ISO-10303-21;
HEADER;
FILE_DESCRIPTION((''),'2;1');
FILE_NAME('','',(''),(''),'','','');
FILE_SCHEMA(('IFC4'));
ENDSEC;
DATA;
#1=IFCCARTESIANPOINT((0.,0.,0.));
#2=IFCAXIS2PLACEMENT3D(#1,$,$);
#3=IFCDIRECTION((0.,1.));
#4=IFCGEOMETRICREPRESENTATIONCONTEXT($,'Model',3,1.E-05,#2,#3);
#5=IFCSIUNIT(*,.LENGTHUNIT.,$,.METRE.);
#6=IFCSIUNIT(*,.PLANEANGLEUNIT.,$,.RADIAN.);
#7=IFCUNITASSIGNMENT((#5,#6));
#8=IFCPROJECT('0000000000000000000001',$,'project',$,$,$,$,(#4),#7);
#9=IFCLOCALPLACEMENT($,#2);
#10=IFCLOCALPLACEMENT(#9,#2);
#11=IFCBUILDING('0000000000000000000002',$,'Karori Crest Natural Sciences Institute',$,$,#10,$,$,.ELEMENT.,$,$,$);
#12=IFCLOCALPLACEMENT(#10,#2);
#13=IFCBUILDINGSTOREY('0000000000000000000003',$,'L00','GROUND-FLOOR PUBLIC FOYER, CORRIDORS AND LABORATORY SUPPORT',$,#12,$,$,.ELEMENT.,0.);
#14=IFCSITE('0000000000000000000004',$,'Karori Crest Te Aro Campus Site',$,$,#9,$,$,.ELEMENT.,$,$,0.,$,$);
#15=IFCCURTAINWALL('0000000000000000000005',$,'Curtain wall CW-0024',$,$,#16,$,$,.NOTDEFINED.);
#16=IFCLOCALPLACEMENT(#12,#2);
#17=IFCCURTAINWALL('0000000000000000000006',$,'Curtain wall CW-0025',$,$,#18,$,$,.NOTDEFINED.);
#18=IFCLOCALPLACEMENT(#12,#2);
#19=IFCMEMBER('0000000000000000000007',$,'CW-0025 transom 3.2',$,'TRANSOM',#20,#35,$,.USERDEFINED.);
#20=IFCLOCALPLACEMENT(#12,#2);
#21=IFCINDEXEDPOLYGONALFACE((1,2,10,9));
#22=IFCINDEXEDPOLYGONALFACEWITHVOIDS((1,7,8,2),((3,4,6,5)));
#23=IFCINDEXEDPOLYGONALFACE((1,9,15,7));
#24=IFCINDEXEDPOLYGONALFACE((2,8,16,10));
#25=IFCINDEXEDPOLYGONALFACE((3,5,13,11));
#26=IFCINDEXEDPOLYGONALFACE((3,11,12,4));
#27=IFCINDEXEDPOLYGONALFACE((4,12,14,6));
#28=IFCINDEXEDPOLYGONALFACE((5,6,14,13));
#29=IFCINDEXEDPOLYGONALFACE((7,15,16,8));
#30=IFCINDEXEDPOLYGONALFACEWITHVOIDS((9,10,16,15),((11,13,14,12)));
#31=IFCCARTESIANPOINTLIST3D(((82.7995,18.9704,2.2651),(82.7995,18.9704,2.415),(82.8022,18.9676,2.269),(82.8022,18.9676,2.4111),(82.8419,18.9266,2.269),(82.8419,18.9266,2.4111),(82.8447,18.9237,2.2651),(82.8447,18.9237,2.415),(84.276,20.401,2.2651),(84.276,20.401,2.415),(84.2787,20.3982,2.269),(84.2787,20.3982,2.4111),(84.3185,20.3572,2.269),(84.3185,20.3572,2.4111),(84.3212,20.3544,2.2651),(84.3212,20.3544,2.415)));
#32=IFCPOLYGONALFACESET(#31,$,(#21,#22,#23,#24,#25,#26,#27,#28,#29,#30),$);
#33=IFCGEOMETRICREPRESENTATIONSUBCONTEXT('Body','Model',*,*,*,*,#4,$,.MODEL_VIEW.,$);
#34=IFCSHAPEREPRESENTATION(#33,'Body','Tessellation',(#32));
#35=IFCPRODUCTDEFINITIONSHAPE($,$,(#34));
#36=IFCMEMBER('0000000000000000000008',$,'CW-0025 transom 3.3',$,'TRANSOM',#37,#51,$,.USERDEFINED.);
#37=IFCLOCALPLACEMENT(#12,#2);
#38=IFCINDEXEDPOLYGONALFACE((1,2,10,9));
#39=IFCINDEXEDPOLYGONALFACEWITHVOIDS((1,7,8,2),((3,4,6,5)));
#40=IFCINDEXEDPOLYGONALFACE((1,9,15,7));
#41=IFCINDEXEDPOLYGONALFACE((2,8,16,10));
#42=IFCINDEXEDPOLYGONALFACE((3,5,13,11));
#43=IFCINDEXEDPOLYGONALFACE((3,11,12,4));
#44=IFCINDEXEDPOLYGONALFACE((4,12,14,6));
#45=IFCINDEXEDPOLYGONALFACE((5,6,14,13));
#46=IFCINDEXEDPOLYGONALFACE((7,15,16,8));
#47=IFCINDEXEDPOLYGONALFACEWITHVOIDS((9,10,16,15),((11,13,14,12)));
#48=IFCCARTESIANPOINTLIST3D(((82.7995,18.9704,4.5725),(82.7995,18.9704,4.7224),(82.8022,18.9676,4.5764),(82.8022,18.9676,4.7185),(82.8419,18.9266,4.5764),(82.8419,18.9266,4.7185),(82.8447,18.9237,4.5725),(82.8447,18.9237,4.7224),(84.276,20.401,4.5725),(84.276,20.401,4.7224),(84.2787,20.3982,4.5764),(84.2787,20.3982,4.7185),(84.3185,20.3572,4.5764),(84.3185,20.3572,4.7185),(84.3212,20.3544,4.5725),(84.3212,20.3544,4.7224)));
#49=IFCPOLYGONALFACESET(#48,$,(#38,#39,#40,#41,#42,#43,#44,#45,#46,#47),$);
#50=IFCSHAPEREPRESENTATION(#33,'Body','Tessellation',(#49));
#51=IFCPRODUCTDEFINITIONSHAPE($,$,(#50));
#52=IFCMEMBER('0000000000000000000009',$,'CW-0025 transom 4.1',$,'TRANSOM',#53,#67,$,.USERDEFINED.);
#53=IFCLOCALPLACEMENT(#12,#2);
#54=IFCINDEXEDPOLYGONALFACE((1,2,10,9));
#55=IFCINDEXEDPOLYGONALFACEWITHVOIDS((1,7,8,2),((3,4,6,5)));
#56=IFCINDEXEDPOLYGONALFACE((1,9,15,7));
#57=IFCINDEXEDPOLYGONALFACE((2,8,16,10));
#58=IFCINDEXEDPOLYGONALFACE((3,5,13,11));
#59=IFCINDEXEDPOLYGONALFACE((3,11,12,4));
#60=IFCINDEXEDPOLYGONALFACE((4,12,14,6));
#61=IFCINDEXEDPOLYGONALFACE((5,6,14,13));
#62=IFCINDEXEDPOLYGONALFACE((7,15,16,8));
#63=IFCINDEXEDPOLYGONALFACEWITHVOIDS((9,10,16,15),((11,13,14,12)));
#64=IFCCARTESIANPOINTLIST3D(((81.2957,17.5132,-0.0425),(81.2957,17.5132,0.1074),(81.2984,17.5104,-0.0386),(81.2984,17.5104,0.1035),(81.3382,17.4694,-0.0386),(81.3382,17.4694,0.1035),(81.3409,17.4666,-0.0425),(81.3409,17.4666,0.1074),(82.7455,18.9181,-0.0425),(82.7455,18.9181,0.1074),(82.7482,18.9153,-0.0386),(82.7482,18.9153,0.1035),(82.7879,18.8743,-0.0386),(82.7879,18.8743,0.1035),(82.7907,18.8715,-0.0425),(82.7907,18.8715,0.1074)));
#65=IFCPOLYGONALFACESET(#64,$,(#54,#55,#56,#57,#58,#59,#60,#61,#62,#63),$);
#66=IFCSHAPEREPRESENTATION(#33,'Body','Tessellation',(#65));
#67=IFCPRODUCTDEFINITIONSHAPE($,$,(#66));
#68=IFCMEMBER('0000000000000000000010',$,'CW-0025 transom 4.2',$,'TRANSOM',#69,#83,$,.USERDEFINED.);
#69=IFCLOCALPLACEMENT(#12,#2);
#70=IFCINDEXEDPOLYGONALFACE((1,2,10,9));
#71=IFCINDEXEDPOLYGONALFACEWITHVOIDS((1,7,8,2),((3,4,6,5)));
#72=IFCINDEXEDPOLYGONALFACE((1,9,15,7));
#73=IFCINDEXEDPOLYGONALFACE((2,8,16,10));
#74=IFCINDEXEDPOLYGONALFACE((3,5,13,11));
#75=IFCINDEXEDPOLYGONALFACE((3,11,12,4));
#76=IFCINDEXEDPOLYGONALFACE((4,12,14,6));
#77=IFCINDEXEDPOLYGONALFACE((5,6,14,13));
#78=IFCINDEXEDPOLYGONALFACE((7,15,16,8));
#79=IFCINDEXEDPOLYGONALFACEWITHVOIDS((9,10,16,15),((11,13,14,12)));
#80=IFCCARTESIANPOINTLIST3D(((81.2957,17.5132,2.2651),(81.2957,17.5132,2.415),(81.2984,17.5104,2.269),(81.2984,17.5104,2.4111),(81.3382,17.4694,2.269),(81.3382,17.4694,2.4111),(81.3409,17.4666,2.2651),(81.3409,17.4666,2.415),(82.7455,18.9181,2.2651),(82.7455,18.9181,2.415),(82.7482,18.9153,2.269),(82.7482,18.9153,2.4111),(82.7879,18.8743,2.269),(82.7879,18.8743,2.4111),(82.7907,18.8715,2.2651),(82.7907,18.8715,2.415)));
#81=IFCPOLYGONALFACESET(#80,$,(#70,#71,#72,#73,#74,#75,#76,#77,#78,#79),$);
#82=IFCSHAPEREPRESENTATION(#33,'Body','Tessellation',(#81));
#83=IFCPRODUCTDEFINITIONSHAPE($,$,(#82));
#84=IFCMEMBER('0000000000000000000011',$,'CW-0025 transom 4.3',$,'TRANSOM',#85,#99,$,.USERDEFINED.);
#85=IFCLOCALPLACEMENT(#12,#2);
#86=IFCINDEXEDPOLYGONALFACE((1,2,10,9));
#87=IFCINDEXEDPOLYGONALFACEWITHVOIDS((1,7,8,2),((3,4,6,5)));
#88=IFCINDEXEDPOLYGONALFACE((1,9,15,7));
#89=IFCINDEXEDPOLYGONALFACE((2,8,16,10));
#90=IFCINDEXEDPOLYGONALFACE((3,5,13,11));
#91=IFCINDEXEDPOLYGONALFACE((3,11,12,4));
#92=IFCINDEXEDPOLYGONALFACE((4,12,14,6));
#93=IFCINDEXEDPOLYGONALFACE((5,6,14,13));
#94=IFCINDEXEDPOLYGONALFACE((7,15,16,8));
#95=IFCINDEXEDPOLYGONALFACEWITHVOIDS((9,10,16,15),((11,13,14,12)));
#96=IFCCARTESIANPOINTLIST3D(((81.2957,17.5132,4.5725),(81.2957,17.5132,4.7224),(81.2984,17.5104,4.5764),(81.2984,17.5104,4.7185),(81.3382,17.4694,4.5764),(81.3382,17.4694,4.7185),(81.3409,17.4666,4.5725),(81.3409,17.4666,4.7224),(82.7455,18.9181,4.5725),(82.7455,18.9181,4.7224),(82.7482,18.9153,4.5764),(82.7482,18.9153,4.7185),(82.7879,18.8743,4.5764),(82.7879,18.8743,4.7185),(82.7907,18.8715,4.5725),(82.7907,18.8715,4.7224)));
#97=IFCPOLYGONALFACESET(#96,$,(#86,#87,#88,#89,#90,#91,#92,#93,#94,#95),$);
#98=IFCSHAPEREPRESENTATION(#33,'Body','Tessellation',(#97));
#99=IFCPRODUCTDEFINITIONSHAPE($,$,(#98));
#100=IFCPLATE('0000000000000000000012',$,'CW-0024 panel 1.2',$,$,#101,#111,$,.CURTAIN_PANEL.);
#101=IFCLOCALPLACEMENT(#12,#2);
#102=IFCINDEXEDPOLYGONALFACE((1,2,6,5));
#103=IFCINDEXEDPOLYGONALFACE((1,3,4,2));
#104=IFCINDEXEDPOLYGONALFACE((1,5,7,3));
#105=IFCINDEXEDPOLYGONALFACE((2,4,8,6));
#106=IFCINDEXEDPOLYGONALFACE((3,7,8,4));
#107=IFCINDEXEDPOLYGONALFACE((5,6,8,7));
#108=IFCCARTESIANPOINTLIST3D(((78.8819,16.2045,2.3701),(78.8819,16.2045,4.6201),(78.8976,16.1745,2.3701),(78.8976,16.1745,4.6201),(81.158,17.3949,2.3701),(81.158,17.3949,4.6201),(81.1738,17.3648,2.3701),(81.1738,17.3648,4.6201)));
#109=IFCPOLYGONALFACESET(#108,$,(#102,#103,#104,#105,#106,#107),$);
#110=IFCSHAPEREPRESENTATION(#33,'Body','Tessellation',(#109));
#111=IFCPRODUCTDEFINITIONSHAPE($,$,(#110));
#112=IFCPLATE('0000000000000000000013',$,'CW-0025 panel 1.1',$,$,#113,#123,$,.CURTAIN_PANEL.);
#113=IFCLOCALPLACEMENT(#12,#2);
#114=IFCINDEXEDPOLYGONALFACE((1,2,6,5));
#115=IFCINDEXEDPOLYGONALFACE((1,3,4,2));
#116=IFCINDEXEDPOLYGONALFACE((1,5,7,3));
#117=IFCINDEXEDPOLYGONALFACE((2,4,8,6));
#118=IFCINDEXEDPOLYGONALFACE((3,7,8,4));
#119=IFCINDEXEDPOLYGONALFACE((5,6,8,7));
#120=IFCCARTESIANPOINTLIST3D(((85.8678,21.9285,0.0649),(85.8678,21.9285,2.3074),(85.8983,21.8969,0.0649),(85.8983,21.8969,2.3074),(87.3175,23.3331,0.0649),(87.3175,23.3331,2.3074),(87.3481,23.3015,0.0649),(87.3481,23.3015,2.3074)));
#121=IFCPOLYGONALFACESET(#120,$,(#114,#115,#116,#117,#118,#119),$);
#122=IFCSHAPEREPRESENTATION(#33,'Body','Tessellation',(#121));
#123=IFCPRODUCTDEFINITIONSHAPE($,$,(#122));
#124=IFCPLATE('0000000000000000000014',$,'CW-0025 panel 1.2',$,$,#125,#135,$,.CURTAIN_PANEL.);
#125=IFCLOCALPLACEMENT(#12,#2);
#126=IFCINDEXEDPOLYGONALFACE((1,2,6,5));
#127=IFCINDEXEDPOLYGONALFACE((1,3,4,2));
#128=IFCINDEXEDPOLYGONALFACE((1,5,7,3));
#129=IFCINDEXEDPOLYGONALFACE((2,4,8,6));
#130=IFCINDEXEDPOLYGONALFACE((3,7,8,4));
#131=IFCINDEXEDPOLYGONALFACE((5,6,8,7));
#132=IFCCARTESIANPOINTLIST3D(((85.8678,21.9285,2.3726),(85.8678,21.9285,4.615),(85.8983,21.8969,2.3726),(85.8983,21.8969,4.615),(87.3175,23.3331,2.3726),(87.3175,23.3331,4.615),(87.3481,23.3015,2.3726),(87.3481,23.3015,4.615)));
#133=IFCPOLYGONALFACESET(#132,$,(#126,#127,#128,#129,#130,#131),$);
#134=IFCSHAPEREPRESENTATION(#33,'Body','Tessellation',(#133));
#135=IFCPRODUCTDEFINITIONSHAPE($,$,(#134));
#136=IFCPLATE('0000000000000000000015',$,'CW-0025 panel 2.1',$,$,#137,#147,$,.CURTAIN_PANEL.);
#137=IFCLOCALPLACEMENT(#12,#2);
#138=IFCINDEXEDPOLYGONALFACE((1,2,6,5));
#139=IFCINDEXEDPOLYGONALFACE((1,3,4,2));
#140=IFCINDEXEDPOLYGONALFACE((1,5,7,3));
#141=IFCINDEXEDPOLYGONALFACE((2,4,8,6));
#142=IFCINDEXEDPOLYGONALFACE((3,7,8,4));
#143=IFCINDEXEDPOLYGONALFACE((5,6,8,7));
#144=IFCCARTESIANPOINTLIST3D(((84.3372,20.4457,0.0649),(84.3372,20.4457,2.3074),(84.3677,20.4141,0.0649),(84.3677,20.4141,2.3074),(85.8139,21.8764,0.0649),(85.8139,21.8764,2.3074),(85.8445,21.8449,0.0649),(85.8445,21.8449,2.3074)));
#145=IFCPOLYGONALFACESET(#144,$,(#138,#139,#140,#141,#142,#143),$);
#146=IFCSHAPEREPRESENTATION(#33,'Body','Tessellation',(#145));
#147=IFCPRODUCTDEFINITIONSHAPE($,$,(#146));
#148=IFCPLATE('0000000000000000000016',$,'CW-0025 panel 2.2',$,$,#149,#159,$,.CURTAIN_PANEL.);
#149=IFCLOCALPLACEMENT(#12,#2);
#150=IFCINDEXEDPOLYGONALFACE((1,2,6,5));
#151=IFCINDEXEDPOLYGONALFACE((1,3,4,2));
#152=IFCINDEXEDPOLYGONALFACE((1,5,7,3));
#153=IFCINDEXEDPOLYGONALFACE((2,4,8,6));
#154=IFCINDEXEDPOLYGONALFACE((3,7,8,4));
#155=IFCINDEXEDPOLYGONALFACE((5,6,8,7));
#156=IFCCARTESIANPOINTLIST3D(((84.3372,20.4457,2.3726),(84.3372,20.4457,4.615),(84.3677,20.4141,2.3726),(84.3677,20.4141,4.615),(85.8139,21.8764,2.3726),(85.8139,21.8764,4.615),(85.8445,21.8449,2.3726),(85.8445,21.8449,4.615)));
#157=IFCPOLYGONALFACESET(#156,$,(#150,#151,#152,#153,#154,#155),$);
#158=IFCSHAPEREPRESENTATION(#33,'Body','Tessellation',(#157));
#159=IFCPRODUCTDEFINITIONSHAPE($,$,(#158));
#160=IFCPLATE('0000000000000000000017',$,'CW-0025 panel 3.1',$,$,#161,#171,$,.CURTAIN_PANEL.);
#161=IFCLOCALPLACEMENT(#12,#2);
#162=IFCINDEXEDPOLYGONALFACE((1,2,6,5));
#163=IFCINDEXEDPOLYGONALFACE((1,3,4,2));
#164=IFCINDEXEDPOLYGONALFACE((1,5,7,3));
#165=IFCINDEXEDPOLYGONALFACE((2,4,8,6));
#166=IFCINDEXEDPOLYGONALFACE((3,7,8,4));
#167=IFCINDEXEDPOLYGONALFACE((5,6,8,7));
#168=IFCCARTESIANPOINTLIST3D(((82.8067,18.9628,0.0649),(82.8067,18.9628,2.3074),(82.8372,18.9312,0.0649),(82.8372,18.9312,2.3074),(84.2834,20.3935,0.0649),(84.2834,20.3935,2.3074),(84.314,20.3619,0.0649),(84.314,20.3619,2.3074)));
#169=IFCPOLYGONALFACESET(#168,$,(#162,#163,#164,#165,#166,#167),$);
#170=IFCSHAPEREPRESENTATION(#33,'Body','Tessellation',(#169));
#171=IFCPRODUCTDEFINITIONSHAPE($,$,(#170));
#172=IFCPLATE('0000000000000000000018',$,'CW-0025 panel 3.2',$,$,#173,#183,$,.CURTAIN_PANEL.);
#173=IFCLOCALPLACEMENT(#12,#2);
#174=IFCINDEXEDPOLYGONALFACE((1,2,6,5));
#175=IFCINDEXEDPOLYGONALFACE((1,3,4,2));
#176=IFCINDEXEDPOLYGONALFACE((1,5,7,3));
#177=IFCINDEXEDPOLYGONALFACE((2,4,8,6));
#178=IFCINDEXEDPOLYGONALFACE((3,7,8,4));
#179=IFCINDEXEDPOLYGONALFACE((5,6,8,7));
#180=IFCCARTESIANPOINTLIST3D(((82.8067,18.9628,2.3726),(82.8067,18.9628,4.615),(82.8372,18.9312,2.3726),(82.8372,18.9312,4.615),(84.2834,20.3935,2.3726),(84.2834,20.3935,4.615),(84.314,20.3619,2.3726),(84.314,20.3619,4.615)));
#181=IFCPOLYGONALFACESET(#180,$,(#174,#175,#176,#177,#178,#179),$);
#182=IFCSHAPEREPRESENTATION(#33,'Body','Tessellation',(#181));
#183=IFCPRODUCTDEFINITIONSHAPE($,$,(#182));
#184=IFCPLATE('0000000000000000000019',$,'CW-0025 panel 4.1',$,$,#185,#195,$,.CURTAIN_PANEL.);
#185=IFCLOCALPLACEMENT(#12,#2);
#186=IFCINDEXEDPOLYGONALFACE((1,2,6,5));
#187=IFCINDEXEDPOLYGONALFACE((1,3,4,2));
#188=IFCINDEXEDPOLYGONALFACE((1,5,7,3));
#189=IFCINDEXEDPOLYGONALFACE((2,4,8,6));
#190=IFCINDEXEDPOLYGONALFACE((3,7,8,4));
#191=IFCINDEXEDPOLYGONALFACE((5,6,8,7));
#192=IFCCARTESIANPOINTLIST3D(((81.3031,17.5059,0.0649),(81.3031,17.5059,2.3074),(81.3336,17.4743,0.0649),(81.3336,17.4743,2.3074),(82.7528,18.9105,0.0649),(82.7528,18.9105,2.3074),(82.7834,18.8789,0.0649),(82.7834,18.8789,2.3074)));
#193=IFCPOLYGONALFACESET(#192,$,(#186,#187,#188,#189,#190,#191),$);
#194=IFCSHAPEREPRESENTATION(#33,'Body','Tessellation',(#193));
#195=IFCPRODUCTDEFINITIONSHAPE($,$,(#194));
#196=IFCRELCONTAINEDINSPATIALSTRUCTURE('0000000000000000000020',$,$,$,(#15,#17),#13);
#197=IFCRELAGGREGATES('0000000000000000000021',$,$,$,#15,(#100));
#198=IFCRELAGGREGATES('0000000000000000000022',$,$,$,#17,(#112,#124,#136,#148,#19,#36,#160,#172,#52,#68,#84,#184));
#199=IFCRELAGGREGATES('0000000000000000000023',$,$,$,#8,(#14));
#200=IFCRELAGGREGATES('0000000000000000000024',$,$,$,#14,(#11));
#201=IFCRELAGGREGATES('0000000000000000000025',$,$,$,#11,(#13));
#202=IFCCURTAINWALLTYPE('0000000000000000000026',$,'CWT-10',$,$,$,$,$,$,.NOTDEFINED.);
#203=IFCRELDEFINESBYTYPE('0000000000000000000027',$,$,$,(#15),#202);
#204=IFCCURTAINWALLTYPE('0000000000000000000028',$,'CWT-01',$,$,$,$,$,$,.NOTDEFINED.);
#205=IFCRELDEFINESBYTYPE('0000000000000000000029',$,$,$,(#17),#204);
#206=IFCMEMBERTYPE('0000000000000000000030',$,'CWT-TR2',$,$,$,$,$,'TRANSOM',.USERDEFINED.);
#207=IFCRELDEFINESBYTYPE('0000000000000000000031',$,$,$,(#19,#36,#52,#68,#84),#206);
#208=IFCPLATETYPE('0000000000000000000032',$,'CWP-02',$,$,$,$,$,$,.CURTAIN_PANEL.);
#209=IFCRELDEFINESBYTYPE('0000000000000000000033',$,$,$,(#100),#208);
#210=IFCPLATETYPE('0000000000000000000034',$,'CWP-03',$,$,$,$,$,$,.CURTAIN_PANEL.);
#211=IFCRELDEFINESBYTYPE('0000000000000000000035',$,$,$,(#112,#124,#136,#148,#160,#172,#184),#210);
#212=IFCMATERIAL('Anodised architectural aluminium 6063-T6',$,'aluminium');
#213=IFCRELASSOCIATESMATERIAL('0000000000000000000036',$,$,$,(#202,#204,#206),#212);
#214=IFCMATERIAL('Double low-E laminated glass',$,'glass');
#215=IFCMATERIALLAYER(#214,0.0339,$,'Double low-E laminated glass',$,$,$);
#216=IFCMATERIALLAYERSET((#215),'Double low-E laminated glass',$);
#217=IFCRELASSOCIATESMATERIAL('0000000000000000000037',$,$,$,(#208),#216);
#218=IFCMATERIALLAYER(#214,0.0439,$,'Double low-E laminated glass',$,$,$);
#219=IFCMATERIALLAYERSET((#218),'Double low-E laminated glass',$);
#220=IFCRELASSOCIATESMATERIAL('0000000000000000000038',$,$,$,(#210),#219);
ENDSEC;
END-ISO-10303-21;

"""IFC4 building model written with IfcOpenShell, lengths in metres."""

from ifc_helpers import new_model, si_unit, direction, frame, origin, origin_2d, place, context, subcontext, project, spatial, rectangle, hollow_rectangle, extrude, material, layer, layer_set, material_profile, profile_set, type_object, element, aggregate, save


model = new_model("IFC4")

# Units and contexts
model_context = context("Model", 3, precision=1e-05, world=origin(), true_north=direction((0.0, 1.0)))
body_context = subcontext(model_context, "Body", "Model", "MODEL_VIEW")
ifc_project = project(units=[si_unit("LENGTHUNIT", "METRE"), si_unit("PLANEANGLEUNIT", "RADIAN")], contexts=[model_context])

# Site, building, storey
site_placement = place(None, origin())
site = spatial("IfcSite", under=ifc_project, at=site_placement, Name="Karori Crest Te Aro Campus Site", CompositionType="ELEMENT", RefElevation=0.0)
building_placement = place(site_placement, origin())
building = spatial("IfcBuilding", under=site, at=building_placement, Name="Karori Crest Natural Sciences Institute", CompositionType="ELEMENT")
storey_placement = place(building_placement, origin())
storey = spatial("IfcBuildingStorey", under=building, at=storey_placement, Name="L00", Description="GROUND-FLOOR PUBLIC FOYER, CORRIDORS AND LABORATORY SUPPORT", CompositionType="ELEMENT", Elevation=0.0)

# Curtain wall
ifc_material_1 = material(Name="Anodised architectural aluminium 6063-T6", Category="aluminium")
curtain_wall_type_1 = type_object("IfcCurtainWallType", Name="CWT-10", PredefinedType="NOTDEFINED", material=ifc_material_1)
curtain_wall_1_placement = place(storey_placement, origin())
curtain_wall_1 = element("IfcCurtainWall", 1, at=curtain_wall_1_placement, inside=storey, type_object=curtain_wall_type_1, Name="Curtain wall CW-0024", PredefinedType="NOTDEFINED")

# Curtain wall
curtain_wall_type_2 = type_object("IfcCurtainWallType", Name="CWT-01", PredefinedType="NOTDEFINED", material=ifc_material_1)
curtain_wall_2_placement = place(storey_placement, origin())
curtain_wall_2 = element("IfcCurtainWall", 2, at=curtain_wall_2_placement, inside=storey, type_object=curtain_wall_type_2, Name="Curtain wall CW-0025", PredefinedType="NOTDEFINED")

# Members
ifc_material_profile_1 = material_profile(ifc_material_1, hollow_rectangle(XDim=0.0649, YDim=0.1499, WallThickness=0.0039, at=origin_2d()), Name="CWT150x65x4")
ifc_profile_set_1 = profile_set([ifc_material_profile_1], Name="Anodised architectural aluminium 6063-T6")
member_type_1 = type_object("IfcMemberType", Name="CWT-TR2", ElementType="TRANSOM", PredefinedType="USERDEFINED", material=ifc_profile_set_1)
member_1_placement = place(storey_placement, frame((84.2986, 20.3777, 2.3401), z_axis=(-0.718181, -0.695856, 0.0), x_axis=(0.695856, -0.718181, 0.0)))
member_1 = element("IfcMember", 3, at=member_1_placement, type_object=member_type_1, Name="CW-0025 transom 3.2", ObjectType="TRANSOM", PredefinedType="USERDEFINED", context=body_context, shape_type="SweptSolid", body=[
    extrude(hollow_rectangle(XDim=0.0649, YDim=0.1499, WallThickness=0.0039, at=origin_2d()), origin(), (0.0, 0.0, 1.0), 2.0559),
])
member_2_placement = place(storey_placement, frame((84.2986, 20.3777, 4.6475), z_axis=(-0.718181, -0.695856, 0.0), x_axis=(0.695856, -0.718181, 0.0)))
member_2 = element("IfcMember", 4, at=member_2_placement, type_object=member_type_1, Name="CW-0025 transom 3.3", ObjectType="TRANSOM", PredefinedType="USERDEFINED", context=body_context, shape_type="SweptSolid", body=[
    extrude(hollow_rectangle(XDim=0.0649, YDim=0.1499, WallThickness=0.0039, at=origin_2d()), origin(), (0.0, 0.0, 1.0), 2.0559),
])
member_3_placement = place(storey_placement, frame((82.7681, 18.8948, 0.0325), z_axis=(-0.718146, -0.695893, 0.0), x_axis=(0.695893, -0.718146, 0.0)))
member_3 = element("IfcMember", 5, at=member_3_placement, type_object=member_type_1, Name="CW-0025 transom 4.1", ObjectType="TRANSOM", PredefinedType="USERDEFINED", context=body_context, shape_type="SweptSolid", body=[
    extrude(hollow_rectangle(XDim=0.0649, YDim=0.1499, WallThickness=0.0039, at=origin_2d()), origin(), (0.0, 0.0, 1.0), 2.0188),
])
member_4_placement = place(storey_placement, frame((82.7681, 18.8948, 2.3401), z_axis=(-0.718146, -0.695893, 0.0), x_axis=(0.695893, -0.718146, 0.0)))
member_4 = element("IfcMember", 6, at=member_4_placement, type_object=member_type_1, Name="CW-0025 transom 4.2", ObjectType="TRANSOM", PredefinedType="USERDEFINED", context=body_context, shape_type="SweptSolid", body=[
    extrude(hollow_rectangle(XDim=0.0649, YDim=0.1499, WallThickness=0.0039, at=origin_2d()), origin(), (0.0, 0.0, 1.0), 2.0188),
])
member_5_placement = place(storey_placement, frame((82.7681, 18.8948, 4.6475), z_axis=(-0.718146, -0.695893, 0.0), x_axis=(0.695893, -0.718146, 0.0)))
member_5 = element("IfcMember", 7, at=member_5_placement, type_object=member_type_1, Name="CW-0025 transom 4.3", ObjectType="TRANSOM", PredefinedType="USERDEFINED", context=body_context, shape_type="SweptSolid", body=[
    extrude(hollow_rectangle(XDim=0.0649, YDim=0.1499, WallThickness=0.0039, at=origin_2d()), origin(), (0.0, 0.0, 1.0), 2.0188),
])

# Plates
ifc_material_2 = material(Name="Double low-E laminated glass", Category="glass")
ifc_layer_1 = layer(ifc_material_2, 0.0339, Name="Double low-E laminated glass")
ifc_layer_set_1 = layer_set([ifc_layer_1], Name="Double low-E laminated glass")
plate_type_1 = type_object("IfcPlateType", Name="CWP-02", PredefinedType="CURTAIN_PANEL", material=ifc_layer_set_1)
plate_1_placement = place(storey_placement, frame((80.0278, 16.7847, 2.3701), z_axis=(0.0, 0.0, 1.0), x_axis=(-0.886136, -0.463426, 0.0)))
plate_1 = element("IfcPlate", 8, at=plate_1_placement, type_object=plate_type_1, Name="CW-0024 panel 1.2", PredefinedType="CURTAIN_PANEL", context=body_context, shape_type="SweptSolid", body=[
    extrude(rectangle(XDim=2.5686, YDim=0.0339, at=origin_2d()), origin(), (0.0, 0.0, 1.0), 2.25),
])
aggregate(curtain_wall_1, [plate_1])
ifc_layer_2 = layer(ifc_material_2, 0.0439, Name="Double low-E laminated glass")
ifc_layer_set_2 = layer_set([ifc_layer_2], Name="Double low-E laminated glass")
plate_type_2 = type_object("IfcPlateType", Name="CWP-03", PredefinedType="CURTAIN_PANEL", material=ifc_layer_set_2)
plate_2_placement = place(storey_placement, frame((86.6079, 22.615, 0.0649), z_axis=(0.0, 0.0, 1.0), x_axis=(-0.718198, -0.695839, 0.0)))
plate_2 = element("IfcPlate", 9, at=plate_2_placement, type_object=plate_type_2, Name="CW-0025 panel 1.1", PredefinedType="CURTAIN_PANEL", context=body_context, shape_type="SweptSolid", body=[
    extrude(rectangle(XDim=2.0186, YDim=0.0439, at=origin_2d()), origin(), (0.0, 0.0, 1.0), 2.2424),
])
plate_3_placement = place(storey_placement, frame((86.6079, 22.615, 2.3726), z_axis=(0.0, 0.0, 1.0), x_axis=(-0.718198, -0.695839, 0.0)))
plate_3 = element("IfcPlate", 10, at=plate_3_placement, type_object=plate_type_2, Name="CW-0025 panel 1.2", PredefinedType="CURTAIN_PANEL", context=body_context, shape_type="SweptSolid", body=[
    extrude(rectangle(XDim=2.0186, YDim=0.0439, at=origin_2d()), origin(), (0.0, 0.0, 1.0), 2.2424),
])
plate_4_placement = place(storey_placement, frame((85.0908, 21.1453, 0.0649), z_axis=(0.0, 0.0, 1.0), x_axis=(-0.718198, -0.695839, 0.0)))
plate_4 = element("IfcPlate", 11, at=plate_4_placement, type_object=plate_type_2, Name="CW-0025 panel 2.1", PredefinedType="CURTAIN_PANEL", context=body_context, shape_type="SweptSolid", body=[
    extrude(rectangle(XDim=2.0562, YDim=0.0439, at=origin_2d()), origin(), (0.0, 0.0, 1.0), 2.2424),
])
plate_5_placement = place(storey_placement, frame((85.0908, 21.1453, 2.3726), z_axis=(0.0, 0.0, 1.0), x_axis=(-0.718198, -0.695839, 0.0)))
plate_5 = element("IfcPlate", 12, at=plate_5_placement, type_object=plate_type_2, Name="CW-0025 panel 2.2", PredefinedType="CURTAIN_PANEL", context=body_context, shape_type="SweptSolid", body=[
    extrude(rectangle(XDim=2.0562, YDim=0.0439, at=origin_2d()), origin(), (0.0, 0.0, 1.0), 2.2424),
])
plate_6_placement = place(storey_placement, frame((83.5603, 19.6624, 0.0649), z_axis=(0.0, 0.0, 1.0), x_axis=(-0.718198, -0.695839, 0.0)))
plate_6 = element("IfcPlate", 13, at=plate_6_placement, type_object=plate_type_2, Name="CW-0025 panel 3.1", PredefinedType="CURTAIN_PANEL", context=body_context, shape_type="SweptSolid", body=[
    extrude(rectangle(XDim=2.0562, YDim=0.0439, at=origin_2d()), origin(), (0.0, 0.0, 1.0), 2.2424),
])
plate_7_placement = place(storey_placement, frame((83.5603, 19.6624, 2.3726), z_axis=(0.0, 0.0, 1.0), x_axis=(-0.718198, -0.695839, 0.0)))
plate_7 = element("IfcPlate", 14, at=plate_7_placement, type_object=plate_type_2, Name="CW-0025 panel 3.2", PredefinedType="CURTAIN_PANEL", context=body_context, shape_type="SweptSolid", body=[
    extrude(rectangle(XDim=2.0562, YDim=0.0439, at=origin_2d()), origin(), (0.0, 0.0, 1.0), 2.2424),
])
plate_8_placement = place(storey_placement, frame((82.0432, 18.1924, 0.0649), z_axis=(0.0, 0.0, 1.0), x_axis=(-0.718198, -0.695839, 0.0)))
plate_8 = element("IfcPlate", 15, at=plate_8_placement, type_object=plate_type_2, Name="CW-0025 panel 4.1", PredefinedType="CURTAIN_PANEL", context=body_context, shape_type="SweptSolid", body=[
    extrude(rectangle(XDim=2.0186, YDim=0.0439, at=origin_2d()), origin(), (0.0, 0.0, 1.0), 2.2424),
])
aggregate(curtain_wall_2, [plate_2, plate_3, plate_4, plate_5, member_1, member_2, plate_6, plate_7, member_3, member_4, member_5, plate_8])

save(model, "model.ifc")
